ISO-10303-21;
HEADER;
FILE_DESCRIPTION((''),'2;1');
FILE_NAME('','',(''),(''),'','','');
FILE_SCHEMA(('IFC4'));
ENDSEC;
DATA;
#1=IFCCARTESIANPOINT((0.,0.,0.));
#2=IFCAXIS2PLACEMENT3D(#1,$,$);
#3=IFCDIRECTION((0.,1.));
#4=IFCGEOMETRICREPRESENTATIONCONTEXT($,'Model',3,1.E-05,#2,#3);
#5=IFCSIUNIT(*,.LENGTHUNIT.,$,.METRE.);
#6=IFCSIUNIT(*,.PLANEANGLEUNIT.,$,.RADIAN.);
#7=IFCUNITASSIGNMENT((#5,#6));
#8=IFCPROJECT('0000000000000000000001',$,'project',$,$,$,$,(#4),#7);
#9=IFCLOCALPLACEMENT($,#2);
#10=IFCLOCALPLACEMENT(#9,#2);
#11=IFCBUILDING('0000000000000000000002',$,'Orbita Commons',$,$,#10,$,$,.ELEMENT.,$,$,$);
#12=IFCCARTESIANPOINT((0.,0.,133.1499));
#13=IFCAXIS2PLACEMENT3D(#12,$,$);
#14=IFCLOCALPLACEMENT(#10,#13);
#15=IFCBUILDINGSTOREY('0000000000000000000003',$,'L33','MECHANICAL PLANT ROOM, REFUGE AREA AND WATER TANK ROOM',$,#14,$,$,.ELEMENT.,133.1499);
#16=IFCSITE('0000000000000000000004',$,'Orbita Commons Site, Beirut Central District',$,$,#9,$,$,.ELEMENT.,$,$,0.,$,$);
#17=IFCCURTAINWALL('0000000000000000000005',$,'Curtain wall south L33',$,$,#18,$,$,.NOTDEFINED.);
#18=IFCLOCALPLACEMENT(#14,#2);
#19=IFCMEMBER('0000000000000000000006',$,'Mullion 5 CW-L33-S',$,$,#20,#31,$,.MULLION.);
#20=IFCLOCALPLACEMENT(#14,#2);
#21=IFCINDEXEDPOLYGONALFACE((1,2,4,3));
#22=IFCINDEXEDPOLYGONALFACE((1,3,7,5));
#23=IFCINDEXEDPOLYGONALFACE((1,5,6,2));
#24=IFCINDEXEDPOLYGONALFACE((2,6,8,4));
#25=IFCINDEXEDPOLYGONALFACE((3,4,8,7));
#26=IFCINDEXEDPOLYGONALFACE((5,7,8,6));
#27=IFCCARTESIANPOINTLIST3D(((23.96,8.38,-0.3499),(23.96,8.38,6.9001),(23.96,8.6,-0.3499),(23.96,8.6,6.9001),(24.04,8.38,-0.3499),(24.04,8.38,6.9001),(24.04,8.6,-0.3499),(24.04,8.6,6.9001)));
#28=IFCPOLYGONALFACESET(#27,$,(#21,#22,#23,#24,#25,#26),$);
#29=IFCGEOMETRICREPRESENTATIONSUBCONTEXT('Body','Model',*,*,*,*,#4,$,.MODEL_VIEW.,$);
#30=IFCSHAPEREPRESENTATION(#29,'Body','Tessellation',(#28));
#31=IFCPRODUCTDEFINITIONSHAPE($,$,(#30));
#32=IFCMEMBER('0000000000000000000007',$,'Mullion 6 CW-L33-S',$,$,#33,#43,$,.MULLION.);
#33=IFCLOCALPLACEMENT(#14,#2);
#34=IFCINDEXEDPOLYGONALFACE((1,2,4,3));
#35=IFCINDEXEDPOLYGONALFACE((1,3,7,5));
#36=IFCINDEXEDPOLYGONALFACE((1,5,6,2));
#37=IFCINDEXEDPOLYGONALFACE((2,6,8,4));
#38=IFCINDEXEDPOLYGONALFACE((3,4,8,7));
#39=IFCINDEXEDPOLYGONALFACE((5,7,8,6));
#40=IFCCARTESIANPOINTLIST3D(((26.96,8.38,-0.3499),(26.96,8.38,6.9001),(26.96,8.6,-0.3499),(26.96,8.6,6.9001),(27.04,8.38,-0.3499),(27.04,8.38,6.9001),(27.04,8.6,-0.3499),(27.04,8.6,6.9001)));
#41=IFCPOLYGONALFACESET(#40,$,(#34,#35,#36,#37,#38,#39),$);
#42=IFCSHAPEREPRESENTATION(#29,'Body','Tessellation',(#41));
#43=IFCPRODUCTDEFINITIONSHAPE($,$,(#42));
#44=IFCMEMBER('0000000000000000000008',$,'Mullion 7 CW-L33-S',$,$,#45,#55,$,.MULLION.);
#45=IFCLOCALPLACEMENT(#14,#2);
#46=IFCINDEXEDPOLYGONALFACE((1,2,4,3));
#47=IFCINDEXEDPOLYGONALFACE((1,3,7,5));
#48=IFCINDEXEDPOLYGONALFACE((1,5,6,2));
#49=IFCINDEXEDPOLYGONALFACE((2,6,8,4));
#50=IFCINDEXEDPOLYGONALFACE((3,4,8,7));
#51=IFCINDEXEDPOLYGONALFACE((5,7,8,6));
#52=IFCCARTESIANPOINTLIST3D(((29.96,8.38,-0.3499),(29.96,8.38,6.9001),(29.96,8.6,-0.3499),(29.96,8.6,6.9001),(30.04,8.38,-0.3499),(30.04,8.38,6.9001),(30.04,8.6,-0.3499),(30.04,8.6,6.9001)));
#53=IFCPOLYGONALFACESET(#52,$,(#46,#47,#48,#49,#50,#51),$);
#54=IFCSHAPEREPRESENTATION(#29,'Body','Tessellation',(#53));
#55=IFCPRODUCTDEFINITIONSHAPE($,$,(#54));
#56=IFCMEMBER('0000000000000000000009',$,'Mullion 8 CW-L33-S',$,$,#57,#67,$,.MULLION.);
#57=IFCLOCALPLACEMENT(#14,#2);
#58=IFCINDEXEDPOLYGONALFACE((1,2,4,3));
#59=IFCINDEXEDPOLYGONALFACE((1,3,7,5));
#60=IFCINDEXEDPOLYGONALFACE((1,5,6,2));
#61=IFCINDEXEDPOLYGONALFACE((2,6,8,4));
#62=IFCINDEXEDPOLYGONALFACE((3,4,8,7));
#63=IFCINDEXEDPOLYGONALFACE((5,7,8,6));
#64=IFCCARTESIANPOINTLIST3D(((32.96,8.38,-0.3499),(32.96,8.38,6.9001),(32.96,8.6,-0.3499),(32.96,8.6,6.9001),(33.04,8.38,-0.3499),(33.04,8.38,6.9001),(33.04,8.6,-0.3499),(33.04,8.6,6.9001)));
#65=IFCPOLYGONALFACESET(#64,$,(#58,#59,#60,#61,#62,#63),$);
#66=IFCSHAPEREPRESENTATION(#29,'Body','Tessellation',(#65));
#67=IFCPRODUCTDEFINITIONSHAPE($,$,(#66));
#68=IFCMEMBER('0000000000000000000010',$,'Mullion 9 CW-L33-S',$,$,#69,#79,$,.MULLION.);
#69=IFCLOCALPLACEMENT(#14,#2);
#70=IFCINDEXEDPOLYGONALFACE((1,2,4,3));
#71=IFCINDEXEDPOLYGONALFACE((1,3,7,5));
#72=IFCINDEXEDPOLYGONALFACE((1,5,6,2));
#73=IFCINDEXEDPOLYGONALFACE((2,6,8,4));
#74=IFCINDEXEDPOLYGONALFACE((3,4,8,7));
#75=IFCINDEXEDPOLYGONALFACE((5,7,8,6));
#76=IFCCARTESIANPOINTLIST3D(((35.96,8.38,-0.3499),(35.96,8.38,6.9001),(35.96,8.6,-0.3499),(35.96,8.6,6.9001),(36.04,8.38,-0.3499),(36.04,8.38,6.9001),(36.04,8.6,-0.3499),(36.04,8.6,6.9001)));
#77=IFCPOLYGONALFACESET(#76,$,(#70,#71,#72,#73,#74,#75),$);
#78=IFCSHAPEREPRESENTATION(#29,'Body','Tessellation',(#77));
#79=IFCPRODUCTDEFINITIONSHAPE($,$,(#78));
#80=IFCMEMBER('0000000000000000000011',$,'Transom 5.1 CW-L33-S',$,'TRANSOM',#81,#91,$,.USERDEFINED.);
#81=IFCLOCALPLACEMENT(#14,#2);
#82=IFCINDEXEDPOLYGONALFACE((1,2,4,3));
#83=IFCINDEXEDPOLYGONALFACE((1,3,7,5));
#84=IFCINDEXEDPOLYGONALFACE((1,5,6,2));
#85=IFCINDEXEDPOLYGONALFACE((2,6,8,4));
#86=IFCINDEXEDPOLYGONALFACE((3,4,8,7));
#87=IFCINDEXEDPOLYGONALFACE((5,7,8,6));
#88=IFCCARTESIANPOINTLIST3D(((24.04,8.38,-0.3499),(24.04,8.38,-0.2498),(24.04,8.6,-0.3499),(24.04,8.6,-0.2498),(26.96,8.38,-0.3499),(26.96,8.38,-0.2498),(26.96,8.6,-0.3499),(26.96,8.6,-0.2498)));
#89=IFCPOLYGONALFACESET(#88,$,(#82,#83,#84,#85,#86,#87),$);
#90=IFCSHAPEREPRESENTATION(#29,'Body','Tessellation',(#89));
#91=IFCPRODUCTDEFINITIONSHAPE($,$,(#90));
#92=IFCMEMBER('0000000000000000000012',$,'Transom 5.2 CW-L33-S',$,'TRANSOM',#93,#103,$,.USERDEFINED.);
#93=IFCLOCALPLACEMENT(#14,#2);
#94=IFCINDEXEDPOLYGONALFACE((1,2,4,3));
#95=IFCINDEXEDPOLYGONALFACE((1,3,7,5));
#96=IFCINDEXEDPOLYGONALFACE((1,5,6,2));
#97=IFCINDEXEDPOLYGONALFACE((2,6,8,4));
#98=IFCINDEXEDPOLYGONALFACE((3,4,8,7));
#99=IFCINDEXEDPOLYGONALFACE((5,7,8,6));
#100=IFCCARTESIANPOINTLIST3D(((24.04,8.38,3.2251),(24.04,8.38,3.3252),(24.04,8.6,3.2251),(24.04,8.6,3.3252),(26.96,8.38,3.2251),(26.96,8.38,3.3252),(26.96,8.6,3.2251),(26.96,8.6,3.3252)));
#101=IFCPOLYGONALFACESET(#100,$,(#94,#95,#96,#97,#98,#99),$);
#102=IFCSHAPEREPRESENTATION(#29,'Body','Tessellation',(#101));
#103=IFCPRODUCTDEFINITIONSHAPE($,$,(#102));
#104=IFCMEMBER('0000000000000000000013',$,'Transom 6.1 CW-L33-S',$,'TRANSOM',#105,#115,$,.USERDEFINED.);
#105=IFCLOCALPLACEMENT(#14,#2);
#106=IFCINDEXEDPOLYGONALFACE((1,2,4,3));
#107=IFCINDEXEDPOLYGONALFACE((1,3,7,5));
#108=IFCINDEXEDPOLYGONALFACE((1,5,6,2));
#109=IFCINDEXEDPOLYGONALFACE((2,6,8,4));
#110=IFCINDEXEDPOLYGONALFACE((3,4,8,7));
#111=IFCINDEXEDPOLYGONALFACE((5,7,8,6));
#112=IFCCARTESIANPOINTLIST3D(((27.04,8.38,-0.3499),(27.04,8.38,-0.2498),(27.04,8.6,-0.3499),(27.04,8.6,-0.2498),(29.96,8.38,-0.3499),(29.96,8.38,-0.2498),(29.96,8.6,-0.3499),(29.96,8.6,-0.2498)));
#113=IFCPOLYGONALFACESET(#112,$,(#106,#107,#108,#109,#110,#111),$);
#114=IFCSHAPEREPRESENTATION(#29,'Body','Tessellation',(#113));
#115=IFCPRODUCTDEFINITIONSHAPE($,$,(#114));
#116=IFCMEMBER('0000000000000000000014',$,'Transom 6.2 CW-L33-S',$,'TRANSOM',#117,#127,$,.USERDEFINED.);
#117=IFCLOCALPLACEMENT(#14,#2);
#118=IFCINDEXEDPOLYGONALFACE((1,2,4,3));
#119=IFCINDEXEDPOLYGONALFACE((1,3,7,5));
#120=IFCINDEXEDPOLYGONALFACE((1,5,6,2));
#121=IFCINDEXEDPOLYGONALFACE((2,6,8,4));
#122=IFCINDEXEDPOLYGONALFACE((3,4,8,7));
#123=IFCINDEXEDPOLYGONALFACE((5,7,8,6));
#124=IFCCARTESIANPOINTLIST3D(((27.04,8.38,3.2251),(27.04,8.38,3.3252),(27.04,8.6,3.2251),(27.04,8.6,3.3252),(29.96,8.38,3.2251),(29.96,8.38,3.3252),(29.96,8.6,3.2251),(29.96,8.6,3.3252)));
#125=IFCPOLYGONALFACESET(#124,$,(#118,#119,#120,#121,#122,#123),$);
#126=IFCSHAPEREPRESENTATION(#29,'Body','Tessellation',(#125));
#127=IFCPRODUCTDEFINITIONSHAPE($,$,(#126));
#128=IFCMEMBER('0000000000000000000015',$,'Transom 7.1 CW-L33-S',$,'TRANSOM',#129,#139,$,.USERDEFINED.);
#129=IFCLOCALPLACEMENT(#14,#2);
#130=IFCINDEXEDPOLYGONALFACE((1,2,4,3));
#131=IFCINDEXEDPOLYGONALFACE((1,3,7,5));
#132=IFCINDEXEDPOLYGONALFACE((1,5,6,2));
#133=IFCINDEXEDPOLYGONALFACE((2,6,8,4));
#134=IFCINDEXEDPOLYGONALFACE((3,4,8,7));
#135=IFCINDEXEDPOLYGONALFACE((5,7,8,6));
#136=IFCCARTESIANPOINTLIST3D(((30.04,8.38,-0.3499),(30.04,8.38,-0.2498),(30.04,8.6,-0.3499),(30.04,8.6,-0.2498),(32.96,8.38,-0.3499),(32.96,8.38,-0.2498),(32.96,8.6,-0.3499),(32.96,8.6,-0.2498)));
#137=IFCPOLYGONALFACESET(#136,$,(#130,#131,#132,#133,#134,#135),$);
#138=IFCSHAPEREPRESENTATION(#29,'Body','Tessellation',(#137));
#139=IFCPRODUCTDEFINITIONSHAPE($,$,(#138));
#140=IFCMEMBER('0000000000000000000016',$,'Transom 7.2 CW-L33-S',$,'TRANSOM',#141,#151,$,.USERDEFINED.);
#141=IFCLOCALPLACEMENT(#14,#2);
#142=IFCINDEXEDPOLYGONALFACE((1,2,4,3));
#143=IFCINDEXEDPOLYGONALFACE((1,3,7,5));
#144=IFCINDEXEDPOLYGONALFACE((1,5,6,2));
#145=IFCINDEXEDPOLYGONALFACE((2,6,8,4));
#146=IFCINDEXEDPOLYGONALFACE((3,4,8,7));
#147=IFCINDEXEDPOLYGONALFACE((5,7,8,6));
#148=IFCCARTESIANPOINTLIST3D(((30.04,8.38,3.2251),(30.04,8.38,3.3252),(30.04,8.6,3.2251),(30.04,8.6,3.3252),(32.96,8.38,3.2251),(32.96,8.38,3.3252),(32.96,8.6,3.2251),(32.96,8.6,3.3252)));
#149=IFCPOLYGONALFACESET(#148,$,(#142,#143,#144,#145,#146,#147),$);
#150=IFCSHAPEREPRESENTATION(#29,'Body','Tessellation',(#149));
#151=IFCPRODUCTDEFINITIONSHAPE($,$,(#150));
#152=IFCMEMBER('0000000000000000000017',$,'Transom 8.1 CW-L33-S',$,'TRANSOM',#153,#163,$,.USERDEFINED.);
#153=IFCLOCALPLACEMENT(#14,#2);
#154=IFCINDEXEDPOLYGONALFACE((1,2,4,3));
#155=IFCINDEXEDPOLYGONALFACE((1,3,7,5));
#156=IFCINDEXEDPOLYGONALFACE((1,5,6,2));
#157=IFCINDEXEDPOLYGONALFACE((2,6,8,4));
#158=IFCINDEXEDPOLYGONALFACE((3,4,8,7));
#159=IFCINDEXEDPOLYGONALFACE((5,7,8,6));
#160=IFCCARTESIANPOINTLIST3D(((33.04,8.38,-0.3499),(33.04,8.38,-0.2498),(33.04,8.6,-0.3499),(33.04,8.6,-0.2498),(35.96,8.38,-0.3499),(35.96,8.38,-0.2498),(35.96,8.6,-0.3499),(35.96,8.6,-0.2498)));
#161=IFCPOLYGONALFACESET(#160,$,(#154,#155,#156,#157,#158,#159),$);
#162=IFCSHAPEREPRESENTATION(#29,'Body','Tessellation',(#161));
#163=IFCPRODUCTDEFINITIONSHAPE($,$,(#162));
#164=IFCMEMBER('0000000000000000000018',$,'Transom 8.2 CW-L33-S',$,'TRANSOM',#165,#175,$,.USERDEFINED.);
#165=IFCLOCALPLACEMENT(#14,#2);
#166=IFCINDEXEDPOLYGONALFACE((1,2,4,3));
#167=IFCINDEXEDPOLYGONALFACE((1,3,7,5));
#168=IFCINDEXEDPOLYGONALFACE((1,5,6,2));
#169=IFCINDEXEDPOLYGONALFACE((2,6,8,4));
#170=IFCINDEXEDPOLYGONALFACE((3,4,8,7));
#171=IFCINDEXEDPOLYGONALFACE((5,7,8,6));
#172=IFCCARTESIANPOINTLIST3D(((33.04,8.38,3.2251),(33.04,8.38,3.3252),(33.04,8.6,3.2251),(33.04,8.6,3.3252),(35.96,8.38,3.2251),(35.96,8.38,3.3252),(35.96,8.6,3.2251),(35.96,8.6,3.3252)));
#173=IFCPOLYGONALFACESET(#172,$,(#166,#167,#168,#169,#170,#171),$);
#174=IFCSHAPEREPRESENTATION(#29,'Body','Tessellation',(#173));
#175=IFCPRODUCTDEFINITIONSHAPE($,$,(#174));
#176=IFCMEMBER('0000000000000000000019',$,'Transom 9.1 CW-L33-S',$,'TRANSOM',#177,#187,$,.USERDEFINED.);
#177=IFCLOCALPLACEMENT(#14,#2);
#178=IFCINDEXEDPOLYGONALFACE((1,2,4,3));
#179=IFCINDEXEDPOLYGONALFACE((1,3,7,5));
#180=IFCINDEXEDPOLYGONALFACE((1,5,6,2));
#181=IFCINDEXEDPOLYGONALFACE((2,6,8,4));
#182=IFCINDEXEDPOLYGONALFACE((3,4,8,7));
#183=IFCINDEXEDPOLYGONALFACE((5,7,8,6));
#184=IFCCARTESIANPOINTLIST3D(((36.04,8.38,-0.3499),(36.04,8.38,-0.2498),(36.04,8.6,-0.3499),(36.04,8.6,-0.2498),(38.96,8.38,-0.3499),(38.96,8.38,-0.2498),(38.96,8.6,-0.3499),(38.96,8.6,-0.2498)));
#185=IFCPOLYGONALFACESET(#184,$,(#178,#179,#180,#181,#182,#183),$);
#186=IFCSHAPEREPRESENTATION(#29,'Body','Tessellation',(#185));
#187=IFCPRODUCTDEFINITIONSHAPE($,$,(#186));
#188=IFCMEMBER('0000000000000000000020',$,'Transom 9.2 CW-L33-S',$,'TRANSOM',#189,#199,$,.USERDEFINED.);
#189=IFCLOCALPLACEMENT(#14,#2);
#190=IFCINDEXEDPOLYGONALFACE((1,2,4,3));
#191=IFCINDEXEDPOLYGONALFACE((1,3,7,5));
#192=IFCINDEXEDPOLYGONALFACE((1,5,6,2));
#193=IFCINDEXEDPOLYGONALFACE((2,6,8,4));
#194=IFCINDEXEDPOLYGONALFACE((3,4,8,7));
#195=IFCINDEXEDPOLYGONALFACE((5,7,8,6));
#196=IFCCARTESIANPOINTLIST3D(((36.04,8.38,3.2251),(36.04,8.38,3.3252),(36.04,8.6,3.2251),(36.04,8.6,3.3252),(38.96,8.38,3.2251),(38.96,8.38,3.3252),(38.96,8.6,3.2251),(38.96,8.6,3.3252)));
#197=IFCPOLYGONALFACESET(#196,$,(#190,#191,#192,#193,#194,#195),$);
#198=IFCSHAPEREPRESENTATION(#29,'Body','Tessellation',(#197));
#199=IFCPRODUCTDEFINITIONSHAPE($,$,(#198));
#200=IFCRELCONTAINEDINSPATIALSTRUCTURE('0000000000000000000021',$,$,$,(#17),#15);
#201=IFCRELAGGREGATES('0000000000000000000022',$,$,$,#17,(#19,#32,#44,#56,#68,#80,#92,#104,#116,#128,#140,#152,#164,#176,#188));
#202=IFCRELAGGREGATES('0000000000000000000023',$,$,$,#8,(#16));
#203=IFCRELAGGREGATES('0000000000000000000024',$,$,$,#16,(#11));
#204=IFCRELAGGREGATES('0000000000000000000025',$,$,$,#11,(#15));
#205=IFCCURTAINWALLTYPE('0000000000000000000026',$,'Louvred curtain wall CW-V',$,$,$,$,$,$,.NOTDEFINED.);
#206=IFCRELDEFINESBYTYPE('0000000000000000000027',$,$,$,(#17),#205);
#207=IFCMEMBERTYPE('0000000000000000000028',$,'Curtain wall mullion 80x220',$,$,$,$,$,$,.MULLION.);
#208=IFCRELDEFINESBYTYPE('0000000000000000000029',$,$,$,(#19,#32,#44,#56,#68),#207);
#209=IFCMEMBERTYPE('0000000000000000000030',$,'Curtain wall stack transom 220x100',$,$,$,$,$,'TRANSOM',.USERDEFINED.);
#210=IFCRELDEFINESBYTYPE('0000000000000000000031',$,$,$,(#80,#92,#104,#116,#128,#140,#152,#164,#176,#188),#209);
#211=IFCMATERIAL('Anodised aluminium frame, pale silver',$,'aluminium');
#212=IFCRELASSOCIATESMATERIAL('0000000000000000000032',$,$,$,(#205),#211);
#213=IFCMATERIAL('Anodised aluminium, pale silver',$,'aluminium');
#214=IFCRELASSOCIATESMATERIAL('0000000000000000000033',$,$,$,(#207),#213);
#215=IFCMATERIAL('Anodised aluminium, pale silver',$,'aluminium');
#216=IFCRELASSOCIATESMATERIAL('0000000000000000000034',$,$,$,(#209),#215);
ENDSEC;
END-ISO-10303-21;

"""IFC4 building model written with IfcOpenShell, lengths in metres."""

from ifc_helpers import new_model, si_unit, direction, frame, origin, origin_2d, place, context, subcontext, project, spatial, rectangle, extrude, material, material_profile, profile_set, type_object, element, aggregate, save


model = new_model("IFC4")

# Units and contexts
model_context = context("Model", 3, precision=1e-05, world=origin(), true_north=direction((0.0, 1.0)))
body_context = subcontext(model_context, "Body", "Model", "MODEL_VIEW")
ifc_project = project(units=[si_unit("LENGTHUNIT", "METRE"), si_unit("PLANEANGLEUNIT", "RADIAN")], contexts=[model_context])

# Site, building, storey
site_placement = place(None, origin())
site = spatial("IfcSite", under=ifc_project, at=site_placement, Name="Orbita Commons Site, Beirut Central District", CompositionType="ELEMENT", RefElevation=0.0)
building_placement = place(site_placement, origin())
building = spatial("IfcBuilding", under=site, at=building_placement, Name="Orbita Commons", CompositionType="ELEMENT")
storey_placement = place(building_placement, frame((0.0, 0.0, 133.1499)))
storey = spatial("IfcBuildingStorey", under=building, at=storey_placement, Name="L33", Description="MECHANICAL PLANT ROOM, REFUGE AREA AND WATER TANK ROOM", CompositionType="ELEMENT", Elevation=133.1499)

# Curtain wall, members
ifc_material_1 = material(Name="Anodised aluminium frame, pale silver", Category="aluminium")
curtain_wall_type = type_object("IfcCurtainWallType", Name="Louvred curtain wall CW-V", PredefinedType="NOTDEFINED", material=ifc_material_1)
curtain_wall_placement = place(storey_placement, origin())
curtain_wall = element("IfcCurtainWall", 1, at=curtain_wall_placement, inside=storey, type_object=curtain_wall_type, Name="Curtain wall south L33", PredefinedType="NOTDEFINED")
ifc_material_2 = material(Name="Anodised aluminium, pale silver", Category="aluminium")
ifc_material_profile_1 = material_profile(ifc_material_2, rectangle(XDim=0.0801, YDim=0.22, at=origin_2d()), Name="AL 80x220")
ifc_profile_set_1 = profile_set([ifc_material_profile_1], Name="Anodised aluminium, pale silver")
member_type_1 = type_object("IfcMemberType", Name="Curtain wall mullion 80x220", PredefinedType="MULLION", material=ifc_profile_set_1)
member_1_placement = place(storey_placement, frame((24.0, 8.49, -0.3499), z_axis=(0.0, 0.0, 1.0), x_axis=(1.0, 0.0, 0.0)))
member_1 = element("IfcMember", 2, at=member_1_placement, type_object=member_type_1, Name="Mullion 5 CW-L33-S", PredefinedType="MULLION", context=body_context, shape_type="SweptSolid", body=[
    extrude(rectangle(XDim=0.0801, YDim=0.22, at=origin_2d()), origin(), (0.0, 0.0, 1.0), 7.25),
])
member_2_placement = place(storey_placement, frame((27.0, 8.49, -0.3499), z_axis=(0.0, 0.0, 1.0), x_axis=(1.0, 0.0, 0.0)))
member_2 = element("IfcMember", 3, at=member_2_placement, type_object=member_type_1, Name="Mullion 6 CW-L33-S", PredefinedType="MULLION", context=body_context, shape_type="SweptSolid", body=[
    extrude(rectangle(XDim=0.0801, YDim=0.22, at=origin_2d()), origin(), (0.0, 0.0, 1.0), 7.25),
])
member_3_placement = place(storey_placement, frame((30.0, 8.49, -0.3499), z_axis=(0.0, 0.0, 1.0), x_axis=(1.0, 0.0, 0.0)))
member_3 = element("IfcMember", 4, at=member_3_placement, type_object=member_type_1, Name="Mullion 7 CW-L33-S", PredefinedType="MULLION", context=body_context, shape_type="SweptSolid", body=[
    extrude(rectangle(XDim=0.0801, YDim=0.22, at=origin_2d()), origin(), (0.0, 0.0, 1.0), 7.25),
])
member_4_placement = place(storey_placement, frame((33.0, 8.49, -0.3499), z_axis=(0.0, 0.0, 1.0), x_axis=(1.0, 0.0, 0.0)))
member_4 = element("IfcMember", 5, at=member_4_placement, type_object=member_type_1, Name="Mullion 8 CW-L33-S", PredefinedType="MULLION", context=body_context, shape_type="SweptSolid", body=[
    extrude(rectangle(XDim=0.0801, YDim=0.22, at=origin_2d()), origin(), (0.0, 0.0, 1.0), 7.25),
])
member_5_placement = place(storey_placement, frame((36.0, 8.49, -0.3499), z_axis=(0.0, 0.0, 1.0), x_axis=(1.0, 0.0, 0.0)))
member_5 = element("IfcMember", 6, at=member_5_placement, type_object=member_type_1, Name="Mullion 9 CW-L33-S", PredefinedType="MULLION", context=body_context, shape_type="SweptSolid", body=[
    extrude(rectangle(XDim=0.0801, YDim=0.22, at=origin_2d()), origin(), (0.0, 0.0, 1.0), 7.25),
])
ifc_material_3 = material(Name="Anodised aluminium, pale silver", Category="aluminium")
ifc_material_profile_2 = material_profile(ifc_material_3, rectangle(XDim=0.22, YDim=0.1001, at=origin_2d()), Name="AL 220x100")
ifc_profile_set_2 = profile_set([ifc_material_profile_2], Name="Anodised aluminium, pale silver")
member_type_2 = type_object("IfcMemberType", Name="Curtain wall stack transom 220x100", ElementType="TRANSOM", PredefinedType="USERDEFINED", material=ifc_profile_set_2)
member_6_placement = place(storey_placement, frame((24.04, 8.49, -0.2998), z_axis=(1.0, 0.0, 0.0), x_axis=(0.0, 1.0, 0.0)))
member_6 = element("IfcMember", 7, at=member_6_placement, type_object=member_type_2, Name="Transom 5.1 CW-L33-S", ObjectType="TRANSOM", PredefinedType="USERDEFINED", context=body_context, shape_type="SweptSolid", body=[
    extrude(rectangle(XDim=0.22, YDim=0.1001, at=origin_2d()), origin(), (0.0, 0.0, 1.0), 2.9199),
])
member_7_placement = place(storey_placement, frame((24.04, 8.49, 3.2751), z_axis=(1.0, 0.0, 0.0), x_axis=(0.0, 1.0, 0.0)))
member_7 = element("IfcMember", 8, at=member_7_placement, type_object=member_type_2, Name="Transom 5.2 CW-L33-S", ObjectType="TRANSOM", PredefinedType="USERDEFINED", context=body_context, shape_type="SweptSolid", body=[
    extrude(rectangle(XDim=0.22, YDim=0.1001, at=origin_2d()), origin(), (0.0, 0.0, 1.0), 2.9199),
])
member_8_placement = place(storey_placement, frame((27.04, 8.49, -0.2998), z_axis=(1.0, 0.0, 0.0), x_axis=(0.0, 1.0, 0.0)))
member_8 = element("IfcMember", 9, at=member_8_placement, type_object=member_type_2, Name="Transom 6.1 CW-L33-S", ObjectType="TRANSOM", PredefinedType="USERDEFINED", context=body_context, shape_type="SweptSolid", body=[
    extrude(rectangle(XDim=0.22, YDim=0.1001, at=origin_2d()), origin(), (0.0, 0.0, 1.0), 2.9199),
])
member_9_placement = place(storey_placement, frame((27.04, 8.49, 3.2751), z_axis=(1.0, 0.0, 0.0), x_axis=(0.0, 1.0, 0.0)))
member_9 = element("IfcMember", 10, at=member_9_placement, type_object=member_type_2, Name="Transom 6.2 CW-L33-S", ObjectType="TRANSOM", PredefinedType="USERDEFINED", context=body_context, shape_type="SweptSolid", body=[
    extrude(rectangle(XDim=0.22, YDim=0.1001, at=origin_2d()), origin(), (0.0, 0.0, 1.0), 2.9199),
])
member_10_placement = place(storey_placement, frame((30.04, 8.49, -0.2998), z_axis=(1.0, 0.0, 0.0), x_axis=(0.0, 1.0, 0.0)))
member_10 = element("IfcMember", 11, at=member_10_placement, type_object=member_type_2, Name="Transom 7.1 CW-L33-S", ObjectType="TRANSOM", PredefinedType="USERDEFINED", context=body_context, shape_type="SweptSolid", body=[
    extrude(rectangle(XDim=0.22, YDim=0.1001, at=origin_2d()), origin(), (0.0, 0.0, 1.0), 2.9199),
])
member_11_placement = place(storey_placement, frame((30.04, 8.49, 3.2751), z_axis=(1.0, 0.0, 0.0), x_axis=(0.0, 1.0, 0.0)))
member_11 = element("IfcMember", 12, at=member_11_placement, type_object=member_type_2, Name="Transom 7.2 CW-L33-S", ObjectType="TRANSOM", PredefinedType="USERDEFINED", context=body_context, shape_type="SweptSolid", body=[
    extrude(rectangle(XDim=0.22, YDim=0.1001, at=origin_2d()), origin(), (0.0, 0.0, 1.0), 2.9199),
])
member_12_placement = place(storey_placement, frame((33.04, 8.49, -0.2998), z_axis=(1.0, 0.0, 0.0), x_axis=(0.0, 1.0, 0.0)))
member_12 = element("IfcMember", 13, at=member_12_placement, type_object=member_type_2, Name="Transom 8.1 CW-L33-S", ObjectType="TRANSOM", PredefinedType="USERDEFINED", context=body_context, shape_type="SweptSolid", body=[
    extrude(rectangle(XDim=0.22, YDim=0.1001, at=origin_2d()), origin(), (0.0, 0.0, 1.0), 2.9199),
])
member_13_placement = place(storey_placement, frame((33.04, 8.49, 3.2751), z_axis=(1.0, 0.0, 0.0), x_axis=(0.0, 1.0, 0.0)))
member_13 = element("IfcMember", 14, at=member_13_placement, type_object=member_type_2, Name="Transom 8.2 CW-L33-S", ObjectType="TRANSOM", PredefinedType="USERDEFINED", context=body_context, shape_type="SweptSolid", body=[
    extrude(rectangle(XDim=0.22, YDim=0.1001, at=origin_2d()), origin(), (0.0, 0.0, 1.0), 2.9199),
])
member_14_placement = place(storey_placement, frame((36.04, 8.49, -0.2998), z_axis=(1.0, 0.0, 0.0), x_axis=(0.0, 1.0, 0.0)))
member_14 = element("IfcMember", 15, at=member_14_placement, type_object=member_type_2, Name="Transom 9.1 CW-L33-S", ObjectType="TRANSOM", PredefinedType="USERDEFINED", context=body_context, shape_type="SweptSolid", body=[
    extrude(rectangle(XDim=0.22, YDim=0.1001, at=origin_2d()), origin(), (0.0, 0.0, 1.0), 2.9199),
])
member_15_placement = place(storey_placement, frame((36.04, 8.49, 3.2751), z_axis=(1.0, 0.0, 0.0), x_axis=(0.0, 1.0, 0.0)))
member_15 = element("IfcMember", 16, at=member_15_placement, type_object=member_type_2, Name="Transom 9.2 CW-L33-S", ObjectType="TRANSOM", PredefinedType="USERDEFINED", context=body_context, shape_type="SweptSolid", body=[
    extrude(rectangle(XDim=0.22, YDim=0.1001, at=origin_2d()), origin(), (0.0, 0.0, 1.0), 2.9199),
])
aggregate(curtain_wall, [member_1, member_2, member_3, member_4, member_5, member_6, member_7, member_8, member_9, member_10, member_11, member_12, member_13, member_14, member_15])

save(model, "model.ifc")
